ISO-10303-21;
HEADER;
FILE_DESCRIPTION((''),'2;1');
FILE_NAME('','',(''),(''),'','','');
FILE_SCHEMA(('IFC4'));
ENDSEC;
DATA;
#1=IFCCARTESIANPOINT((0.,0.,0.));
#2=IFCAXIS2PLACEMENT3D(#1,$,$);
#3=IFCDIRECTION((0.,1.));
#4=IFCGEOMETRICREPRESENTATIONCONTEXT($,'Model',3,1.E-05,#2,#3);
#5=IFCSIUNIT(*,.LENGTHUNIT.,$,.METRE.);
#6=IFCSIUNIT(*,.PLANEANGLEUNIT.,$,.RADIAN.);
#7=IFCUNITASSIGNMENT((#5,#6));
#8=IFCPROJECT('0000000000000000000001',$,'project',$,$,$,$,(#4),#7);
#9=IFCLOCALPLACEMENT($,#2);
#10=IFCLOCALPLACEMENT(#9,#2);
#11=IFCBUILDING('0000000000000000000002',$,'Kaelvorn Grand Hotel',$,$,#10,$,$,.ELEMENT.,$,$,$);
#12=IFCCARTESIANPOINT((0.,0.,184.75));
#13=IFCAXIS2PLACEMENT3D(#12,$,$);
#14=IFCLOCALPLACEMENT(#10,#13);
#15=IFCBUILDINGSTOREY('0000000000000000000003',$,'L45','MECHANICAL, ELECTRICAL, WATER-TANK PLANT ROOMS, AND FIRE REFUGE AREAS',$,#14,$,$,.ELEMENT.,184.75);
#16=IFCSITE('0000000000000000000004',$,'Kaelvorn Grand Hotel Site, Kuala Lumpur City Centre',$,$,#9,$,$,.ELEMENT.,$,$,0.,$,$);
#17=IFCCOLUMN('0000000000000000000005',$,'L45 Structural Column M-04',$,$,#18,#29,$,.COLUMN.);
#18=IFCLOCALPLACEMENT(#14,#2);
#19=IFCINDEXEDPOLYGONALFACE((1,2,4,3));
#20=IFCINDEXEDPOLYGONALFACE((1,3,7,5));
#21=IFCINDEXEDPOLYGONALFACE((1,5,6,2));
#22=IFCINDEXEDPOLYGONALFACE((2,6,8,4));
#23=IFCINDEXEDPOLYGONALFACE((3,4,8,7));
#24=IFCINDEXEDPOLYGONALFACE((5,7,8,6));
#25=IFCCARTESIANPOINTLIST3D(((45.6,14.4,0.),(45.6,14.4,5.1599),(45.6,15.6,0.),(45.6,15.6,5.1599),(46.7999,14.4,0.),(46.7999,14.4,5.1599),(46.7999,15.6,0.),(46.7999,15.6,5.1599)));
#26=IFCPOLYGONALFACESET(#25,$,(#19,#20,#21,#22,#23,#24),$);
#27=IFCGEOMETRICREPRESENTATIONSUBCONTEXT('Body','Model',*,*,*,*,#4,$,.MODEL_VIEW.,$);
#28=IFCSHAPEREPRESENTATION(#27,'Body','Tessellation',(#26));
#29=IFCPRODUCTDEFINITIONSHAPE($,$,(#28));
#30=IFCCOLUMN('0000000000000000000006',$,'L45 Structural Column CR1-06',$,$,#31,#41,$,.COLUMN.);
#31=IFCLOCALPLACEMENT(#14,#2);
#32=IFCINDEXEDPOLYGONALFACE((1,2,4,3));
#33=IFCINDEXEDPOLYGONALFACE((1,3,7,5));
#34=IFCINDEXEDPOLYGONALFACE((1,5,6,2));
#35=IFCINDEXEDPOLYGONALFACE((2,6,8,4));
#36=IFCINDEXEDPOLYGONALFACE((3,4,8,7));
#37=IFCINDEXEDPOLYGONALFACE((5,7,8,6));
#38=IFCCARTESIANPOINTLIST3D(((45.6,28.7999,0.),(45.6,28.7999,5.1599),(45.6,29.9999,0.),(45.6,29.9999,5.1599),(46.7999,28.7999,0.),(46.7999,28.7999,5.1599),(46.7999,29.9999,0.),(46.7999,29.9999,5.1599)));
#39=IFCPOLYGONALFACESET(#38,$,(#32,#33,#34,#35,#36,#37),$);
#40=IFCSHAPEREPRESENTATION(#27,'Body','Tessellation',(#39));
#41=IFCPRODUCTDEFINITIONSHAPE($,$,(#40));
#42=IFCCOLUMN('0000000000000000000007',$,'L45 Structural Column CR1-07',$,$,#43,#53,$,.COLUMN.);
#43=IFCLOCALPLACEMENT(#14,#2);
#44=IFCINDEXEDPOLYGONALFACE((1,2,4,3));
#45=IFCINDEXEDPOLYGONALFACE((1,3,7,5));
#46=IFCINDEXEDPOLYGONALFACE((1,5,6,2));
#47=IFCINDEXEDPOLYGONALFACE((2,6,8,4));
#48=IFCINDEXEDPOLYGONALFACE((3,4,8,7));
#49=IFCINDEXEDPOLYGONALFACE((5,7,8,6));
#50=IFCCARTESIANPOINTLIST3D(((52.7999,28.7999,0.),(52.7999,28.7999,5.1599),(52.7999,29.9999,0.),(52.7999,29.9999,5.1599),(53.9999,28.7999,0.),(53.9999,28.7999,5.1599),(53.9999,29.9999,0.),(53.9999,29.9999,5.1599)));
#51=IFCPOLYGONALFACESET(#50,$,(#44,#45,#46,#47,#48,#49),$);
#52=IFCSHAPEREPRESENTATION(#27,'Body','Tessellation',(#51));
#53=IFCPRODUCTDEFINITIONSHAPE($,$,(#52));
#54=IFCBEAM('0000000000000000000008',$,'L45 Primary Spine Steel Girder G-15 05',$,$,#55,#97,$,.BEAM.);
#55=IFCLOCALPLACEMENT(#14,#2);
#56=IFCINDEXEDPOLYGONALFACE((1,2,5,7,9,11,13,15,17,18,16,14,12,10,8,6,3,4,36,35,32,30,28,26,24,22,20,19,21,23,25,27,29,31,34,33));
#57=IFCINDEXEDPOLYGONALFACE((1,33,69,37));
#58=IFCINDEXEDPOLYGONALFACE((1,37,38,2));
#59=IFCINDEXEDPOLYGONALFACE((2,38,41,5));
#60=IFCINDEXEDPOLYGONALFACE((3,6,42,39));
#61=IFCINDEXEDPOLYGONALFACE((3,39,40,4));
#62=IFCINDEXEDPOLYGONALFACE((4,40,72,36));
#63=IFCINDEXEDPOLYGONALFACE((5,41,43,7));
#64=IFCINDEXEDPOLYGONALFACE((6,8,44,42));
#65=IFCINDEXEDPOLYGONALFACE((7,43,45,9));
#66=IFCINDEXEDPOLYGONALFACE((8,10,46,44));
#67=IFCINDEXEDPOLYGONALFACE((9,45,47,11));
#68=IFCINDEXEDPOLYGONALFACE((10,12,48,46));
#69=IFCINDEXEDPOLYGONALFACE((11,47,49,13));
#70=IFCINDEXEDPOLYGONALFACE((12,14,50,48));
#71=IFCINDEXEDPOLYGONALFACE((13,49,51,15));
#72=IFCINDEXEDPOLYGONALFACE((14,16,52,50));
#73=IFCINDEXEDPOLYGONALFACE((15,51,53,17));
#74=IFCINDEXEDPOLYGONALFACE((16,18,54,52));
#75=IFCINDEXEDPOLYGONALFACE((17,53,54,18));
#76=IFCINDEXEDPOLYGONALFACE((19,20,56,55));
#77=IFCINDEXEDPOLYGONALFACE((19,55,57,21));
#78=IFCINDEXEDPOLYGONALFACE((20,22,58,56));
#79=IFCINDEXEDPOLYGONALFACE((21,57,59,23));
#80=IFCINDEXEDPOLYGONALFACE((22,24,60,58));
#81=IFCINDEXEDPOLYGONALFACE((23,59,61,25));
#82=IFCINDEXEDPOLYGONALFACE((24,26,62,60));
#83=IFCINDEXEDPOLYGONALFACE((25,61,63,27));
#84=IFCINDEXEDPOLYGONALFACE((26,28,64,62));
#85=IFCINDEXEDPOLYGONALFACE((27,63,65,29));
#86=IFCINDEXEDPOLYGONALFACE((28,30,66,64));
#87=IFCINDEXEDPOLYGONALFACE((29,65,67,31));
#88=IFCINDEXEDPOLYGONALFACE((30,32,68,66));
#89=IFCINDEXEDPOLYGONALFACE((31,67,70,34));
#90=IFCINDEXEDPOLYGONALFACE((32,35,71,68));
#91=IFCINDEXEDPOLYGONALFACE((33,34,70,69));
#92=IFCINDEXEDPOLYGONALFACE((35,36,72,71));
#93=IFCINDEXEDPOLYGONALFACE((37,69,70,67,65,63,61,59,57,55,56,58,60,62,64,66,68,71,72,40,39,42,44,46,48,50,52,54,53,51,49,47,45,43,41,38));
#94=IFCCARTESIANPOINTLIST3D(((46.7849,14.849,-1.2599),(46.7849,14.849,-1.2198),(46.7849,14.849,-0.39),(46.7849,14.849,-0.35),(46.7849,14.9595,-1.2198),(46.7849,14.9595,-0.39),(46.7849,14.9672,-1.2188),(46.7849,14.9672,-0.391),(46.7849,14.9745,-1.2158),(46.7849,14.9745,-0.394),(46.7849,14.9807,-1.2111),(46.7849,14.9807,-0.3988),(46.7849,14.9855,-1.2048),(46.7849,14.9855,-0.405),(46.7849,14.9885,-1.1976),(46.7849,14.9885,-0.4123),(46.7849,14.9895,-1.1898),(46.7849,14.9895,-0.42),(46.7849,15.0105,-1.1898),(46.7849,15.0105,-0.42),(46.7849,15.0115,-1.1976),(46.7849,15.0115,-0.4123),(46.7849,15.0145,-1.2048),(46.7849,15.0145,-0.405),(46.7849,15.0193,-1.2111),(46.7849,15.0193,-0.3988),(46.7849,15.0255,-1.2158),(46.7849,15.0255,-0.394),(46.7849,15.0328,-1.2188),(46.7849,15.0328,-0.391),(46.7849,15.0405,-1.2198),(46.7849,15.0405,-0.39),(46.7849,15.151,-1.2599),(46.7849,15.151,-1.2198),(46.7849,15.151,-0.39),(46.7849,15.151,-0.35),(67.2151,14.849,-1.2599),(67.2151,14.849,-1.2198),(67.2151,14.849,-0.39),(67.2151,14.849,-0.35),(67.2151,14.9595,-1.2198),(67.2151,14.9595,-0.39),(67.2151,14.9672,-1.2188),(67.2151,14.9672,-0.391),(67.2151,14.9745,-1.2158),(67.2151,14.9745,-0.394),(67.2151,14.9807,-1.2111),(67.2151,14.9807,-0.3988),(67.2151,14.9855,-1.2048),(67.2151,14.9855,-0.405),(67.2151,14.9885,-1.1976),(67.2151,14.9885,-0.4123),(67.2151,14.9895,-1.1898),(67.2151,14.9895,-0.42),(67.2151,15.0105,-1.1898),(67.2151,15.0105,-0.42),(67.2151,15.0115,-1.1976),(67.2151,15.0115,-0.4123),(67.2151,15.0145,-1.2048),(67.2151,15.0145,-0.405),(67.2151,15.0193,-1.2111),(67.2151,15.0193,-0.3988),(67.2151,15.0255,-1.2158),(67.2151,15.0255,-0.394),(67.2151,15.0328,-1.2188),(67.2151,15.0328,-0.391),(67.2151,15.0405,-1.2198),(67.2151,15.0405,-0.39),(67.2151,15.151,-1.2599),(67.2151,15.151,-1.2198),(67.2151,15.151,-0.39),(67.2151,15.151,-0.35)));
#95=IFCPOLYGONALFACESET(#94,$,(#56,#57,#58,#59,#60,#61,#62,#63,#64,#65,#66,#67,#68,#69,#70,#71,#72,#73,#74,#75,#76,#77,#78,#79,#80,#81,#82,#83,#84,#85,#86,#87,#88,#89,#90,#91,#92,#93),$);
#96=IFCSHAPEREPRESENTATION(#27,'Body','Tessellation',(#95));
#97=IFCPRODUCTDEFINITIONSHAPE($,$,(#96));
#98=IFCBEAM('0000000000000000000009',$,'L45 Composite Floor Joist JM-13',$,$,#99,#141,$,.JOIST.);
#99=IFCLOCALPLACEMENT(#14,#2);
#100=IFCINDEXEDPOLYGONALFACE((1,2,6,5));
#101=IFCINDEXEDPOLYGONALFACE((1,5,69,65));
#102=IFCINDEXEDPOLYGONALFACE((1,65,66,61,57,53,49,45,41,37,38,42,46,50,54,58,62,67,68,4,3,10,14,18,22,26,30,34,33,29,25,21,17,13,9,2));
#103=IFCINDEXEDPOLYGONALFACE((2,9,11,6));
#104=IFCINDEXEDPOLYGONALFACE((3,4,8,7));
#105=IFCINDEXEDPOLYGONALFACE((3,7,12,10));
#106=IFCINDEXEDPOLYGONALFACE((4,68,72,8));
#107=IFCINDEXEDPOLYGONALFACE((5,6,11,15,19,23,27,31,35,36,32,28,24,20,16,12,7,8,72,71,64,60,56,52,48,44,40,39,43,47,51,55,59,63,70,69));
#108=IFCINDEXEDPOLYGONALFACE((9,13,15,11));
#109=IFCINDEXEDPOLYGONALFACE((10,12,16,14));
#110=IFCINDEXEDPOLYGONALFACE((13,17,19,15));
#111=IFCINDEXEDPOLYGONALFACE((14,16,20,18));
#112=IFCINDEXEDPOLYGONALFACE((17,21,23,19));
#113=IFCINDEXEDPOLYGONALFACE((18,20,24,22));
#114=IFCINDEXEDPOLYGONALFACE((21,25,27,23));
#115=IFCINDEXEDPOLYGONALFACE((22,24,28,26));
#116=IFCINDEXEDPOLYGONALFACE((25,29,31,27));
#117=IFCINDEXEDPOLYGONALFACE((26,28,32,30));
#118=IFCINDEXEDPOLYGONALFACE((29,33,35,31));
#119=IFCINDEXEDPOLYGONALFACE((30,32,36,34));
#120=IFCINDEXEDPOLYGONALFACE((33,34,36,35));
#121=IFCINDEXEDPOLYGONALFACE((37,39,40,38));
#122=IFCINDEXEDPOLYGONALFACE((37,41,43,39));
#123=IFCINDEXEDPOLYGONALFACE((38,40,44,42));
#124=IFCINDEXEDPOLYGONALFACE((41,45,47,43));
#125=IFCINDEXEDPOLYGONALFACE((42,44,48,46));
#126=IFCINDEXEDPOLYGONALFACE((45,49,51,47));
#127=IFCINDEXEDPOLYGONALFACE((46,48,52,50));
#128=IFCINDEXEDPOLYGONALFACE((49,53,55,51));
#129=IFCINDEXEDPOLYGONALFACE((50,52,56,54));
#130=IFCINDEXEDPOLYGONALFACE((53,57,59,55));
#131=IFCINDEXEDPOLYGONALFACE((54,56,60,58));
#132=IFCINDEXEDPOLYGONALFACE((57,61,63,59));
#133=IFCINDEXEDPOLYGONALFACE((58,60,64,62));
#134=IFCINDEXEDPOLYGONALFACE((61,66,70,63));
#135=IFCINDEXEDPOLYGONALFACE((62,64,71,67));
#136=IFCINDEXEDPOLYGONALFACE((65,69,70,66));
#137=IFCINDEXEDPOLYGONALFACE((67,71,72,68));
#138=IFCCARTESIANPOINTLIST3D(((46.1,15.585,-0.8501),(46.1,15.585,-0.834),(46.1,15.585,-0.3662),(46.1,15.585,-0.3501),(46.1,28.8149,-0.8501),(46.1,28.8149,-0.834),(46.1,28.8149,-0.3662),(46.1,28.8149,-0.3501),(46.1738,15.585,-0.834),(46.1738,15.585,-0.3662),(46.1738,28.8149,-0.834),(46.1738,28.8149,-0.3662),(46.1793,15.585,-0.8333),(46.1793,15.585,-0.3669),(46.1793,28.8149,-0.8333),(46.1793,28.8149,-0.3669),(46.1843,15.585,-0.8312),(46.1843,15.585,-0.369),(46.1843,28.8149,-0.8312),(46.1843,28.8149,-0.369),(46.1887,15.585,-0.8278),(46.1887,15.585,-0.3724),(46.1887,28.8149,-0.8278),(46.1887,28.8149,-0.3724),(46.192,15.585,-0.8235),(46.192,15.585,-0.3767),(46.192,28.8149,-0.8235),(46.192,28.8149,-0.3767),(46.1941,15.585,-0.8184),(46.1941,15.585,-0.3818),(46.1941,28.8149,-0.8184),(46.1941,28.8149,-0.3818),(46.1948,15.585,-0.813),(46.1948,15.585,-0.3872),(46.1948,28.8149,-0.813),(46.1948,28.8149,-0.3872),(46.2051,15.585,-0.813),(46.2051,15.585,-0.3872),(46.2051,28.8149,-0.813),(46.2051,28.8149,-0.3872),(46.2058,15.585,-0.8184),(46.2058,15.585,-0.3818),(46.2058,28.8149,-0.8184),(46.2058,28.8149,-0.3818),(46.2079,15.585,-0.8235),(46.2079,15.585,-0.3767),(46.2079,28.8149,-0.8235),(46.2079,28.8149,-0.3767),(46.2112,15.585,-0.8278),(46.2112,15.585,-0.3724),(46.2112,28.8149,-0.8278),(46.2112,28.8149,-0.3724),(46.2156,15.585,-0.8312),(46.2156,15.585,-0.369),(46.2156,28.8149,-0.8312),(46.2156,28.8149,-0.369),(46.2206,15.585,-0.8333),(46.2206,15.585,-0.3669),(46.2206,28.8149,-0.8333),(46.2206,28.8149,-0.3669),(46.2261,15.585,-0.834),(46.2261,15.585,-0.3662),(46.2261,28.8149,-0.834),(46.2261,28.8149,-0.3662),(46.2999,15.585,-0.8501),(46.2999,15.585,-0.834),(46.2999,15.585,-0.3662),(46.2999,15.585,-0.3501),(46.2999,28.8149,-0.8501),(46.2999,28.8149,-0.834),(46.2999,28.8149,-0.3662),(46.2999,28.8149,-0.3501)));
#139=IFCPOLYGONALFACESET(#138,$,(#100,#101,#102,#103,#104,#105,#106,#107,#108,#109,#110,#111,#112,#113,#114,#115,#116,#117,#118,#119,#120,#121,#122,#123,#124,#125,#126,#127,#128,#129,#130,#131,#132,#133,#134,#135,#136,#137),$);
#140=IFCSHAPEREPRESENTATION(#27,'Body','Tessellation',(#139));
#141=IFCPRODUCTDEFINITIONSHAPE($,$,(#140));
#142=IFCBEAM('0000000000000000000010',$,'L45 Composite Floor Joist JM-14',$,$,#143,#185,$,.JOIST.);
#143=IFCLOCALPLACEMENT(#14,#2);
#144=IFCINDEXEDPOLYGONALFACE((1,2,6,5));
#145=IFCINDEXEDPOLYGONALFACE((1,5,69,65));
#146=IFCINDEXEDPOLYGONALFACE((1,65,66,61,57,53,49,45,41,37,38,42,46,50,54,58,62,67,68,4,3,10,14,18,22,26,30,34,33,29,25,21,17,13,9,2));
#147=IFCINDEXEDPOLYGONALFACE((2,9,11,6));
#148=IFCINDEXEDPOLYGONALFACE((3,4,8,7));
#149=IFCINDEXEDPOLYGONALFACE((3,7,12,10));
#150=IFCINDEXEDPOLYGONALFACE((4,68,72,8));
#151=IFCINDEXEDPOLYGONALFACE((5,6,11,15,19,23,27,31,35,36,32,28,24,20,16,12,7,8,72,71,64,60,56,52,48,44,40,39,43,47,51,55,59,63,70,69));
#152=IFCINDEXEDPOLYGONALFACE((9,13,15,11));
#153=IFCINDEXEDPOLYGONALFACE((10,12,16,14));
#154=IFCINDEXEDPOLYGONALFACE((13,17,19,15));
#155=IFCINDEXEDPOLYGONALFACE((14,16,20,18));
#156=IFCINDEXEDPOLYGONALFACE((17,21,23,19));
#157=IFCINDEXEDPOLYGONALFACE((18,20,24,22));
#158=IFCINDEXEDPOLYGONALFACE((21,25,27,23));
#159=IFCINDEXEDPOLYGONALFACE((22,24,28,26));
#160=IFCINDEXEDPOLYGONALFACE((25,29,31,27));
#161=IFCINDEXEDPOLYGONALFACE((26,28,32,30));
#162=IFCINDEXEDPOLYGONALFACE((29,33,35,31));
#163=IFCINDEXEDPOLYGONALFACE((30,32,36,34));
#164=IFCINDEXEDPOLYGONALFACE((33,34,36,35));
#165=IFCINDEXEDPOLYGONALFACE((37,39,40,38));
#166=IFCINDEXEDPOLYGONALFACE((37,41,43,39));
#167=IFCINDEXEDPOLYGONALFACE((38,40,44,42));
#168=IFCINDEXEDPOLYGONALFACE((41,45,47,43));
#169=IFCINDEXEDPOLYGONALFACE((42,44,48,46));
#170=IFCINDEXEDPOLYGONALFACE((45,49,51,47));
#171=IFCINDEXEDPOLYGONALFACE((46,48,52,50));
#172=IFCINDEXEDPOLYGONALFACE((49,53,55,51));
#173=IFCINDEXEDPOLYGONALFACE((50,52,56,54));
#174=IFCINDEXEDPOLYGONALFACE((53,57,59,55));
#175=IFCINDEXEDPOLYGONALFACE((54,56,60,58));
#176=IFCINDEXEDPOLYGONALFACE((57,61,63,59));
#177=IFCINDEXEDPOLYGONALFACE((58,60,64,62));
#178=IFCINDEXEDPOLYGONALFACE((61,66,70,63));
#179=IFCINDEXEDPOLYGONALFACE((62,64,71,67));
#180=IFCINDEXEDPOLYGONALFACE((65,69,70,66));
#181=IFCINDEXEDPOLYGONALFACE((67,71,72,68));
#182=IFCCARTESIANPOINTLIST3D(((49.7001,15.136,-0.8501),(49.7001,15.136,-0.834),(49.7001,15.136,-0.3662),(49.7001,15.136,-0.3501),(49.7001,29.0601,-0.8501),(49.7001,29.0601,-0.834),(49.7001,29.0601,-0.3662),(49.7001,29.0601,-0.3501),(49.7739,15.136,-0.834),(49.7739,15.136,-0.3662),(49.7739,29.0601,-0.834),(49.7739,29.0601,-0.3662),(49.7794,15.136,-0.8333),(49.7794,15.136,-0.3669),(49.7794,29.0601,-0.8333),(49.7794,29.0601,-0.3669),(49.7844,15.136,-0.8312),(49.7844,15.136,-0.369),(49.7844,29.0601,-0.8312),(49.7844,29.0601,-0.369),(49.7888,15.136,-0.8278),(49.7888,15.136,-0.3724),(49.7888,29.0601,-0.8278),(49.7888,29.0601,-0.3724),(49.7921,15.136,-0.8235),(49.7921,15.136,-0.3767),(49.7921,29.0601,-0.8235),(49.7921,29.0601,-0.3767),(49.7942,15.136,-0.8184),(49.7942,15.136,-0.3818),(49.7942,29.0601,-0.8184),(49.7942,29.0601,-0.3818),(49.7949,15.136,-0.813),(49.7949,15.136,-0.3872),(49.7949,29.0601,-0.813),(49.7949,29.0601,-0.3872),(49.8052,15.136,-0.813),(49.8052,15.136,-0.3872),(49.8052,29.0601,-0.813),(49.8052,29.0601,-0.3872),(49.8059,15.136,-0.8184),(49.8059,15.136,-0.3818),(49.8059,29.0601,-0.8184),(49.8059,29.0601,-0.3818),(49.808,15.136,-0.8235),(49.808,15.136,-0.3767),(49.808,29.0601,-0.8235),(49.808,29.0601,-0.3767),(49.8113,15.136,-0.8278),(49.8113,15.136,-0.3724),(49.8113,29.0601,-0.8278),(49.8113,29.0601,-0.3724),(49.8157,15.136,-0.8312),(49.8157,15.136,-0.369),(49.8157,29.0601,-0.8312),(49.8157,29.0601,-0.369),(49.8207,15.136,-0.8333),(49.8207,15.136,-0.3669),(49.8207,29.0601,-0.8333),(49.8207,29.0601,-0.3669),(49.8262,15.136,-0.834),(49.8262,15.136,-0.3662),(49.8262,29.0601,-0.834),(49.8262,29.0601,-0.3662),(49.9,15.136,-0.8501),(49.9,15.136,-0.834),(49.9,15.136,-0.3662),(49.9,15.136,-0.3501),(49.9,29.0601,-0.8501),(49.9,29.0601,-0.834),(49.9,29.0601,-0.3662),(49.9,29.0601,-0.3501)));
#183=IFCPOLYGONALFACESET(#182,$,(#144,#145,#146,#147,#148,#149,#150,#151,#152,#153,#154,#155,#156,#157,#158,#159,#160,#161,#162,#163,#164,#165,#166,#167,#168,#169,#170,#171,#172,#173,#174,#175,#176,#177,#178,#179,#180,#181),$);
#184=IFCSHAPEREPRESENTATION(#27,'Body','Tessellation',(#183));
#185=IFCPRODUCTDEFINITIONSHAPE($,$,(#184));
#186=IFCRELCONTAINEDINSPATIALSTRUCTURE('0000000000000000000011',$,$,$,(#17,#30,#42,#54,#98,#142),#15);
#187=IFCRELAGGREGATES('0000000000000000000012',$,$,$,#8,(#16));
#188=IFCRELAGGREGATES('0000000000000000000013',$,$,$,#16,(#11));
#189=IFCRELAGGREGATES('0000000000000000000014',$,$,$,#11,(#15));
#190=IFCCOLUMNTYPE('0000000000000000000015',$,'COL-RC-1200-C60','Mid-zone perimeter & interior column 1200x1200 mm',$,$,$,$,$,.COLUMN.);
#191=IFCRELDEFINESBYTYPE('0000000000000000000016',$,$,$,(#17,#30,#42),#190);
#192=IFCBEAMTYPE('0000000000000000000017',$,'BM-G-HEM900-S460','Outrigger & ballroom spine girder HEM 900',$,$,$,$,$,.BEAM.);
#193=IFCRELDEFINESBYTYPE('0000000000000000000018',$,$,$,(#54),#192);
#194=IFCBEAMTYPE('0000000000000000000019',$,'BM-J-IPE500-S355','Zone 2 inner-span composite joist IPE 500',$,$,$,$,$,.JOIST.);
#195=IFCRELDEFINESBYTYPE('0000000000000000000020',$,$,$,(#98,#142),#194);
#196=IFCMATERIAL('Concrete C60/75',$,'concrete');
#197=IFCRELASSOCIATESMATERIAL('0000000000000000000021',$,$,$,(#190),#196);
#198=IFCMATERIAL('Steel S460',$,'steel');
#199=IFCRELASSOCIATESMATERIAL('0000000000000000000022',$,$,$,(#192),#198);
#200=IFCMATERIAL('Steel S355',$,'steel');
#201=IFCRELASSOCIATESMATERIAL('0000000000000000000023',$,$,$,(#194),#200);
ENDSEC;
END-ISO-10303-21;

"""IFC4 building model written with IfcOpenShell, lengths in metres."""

from ifc_helpers import new_model, si_unit, direction, frame, origin, origin_2d, place, context, subcontext, project, spatial, rectangle, i_section, extrude, material, material_profile, profile_set, type_object, element, save


model = new_model("IFC4")

# Units and contexts
model_context = context("Model", 3, precision=1e-05, world=origin(), true_north=direction((0.0, 1.0)))
body_context = subcontext(model_context, "Body", "Model", "MODEL_VIEW")
ifc_project = project(units=[si_unit("LENGTHUNIT", "METRE"), si_unit("PLANEANGLEUNIT", "RADIAN")], contexts=[model_context])

# Site, building, storey
site_placement = place(None, origin())
site = spatial("IfcSite", under=ifc_project, at=site_placement, Name="Kaelvorn Grand Hotel Site, Kuala Lumpur City Centre", CompositionType="ELEMENT", RefElevation=0.0)
building_placement = place(site_placement, origin())
building = spatial("IfcBuilding", under=site, at=building_placement, Name="Kaelvorn Grand Hotel", CompositionType="ELEMENT")
storey_placement = place(building_placement, frame((0.0, 0.0, 184.75)))
storey = spatial("IfcBuildingStorey", under=building, at=storey_placement, Name="L45", Description="MECHANICAL, ELECTRICAL, WATER-TANK PLANT ROOMS, AND FIRE REFUGE AREAS", CompositionType="ELEMENT", Elevation=184.75)

# Columns
ifc_material_1 = material(Name="Concrete C60/75", Category="concrete")
ifc_material_profile_1 = material_profile(ifc_material_1, rectangle(XDim=1.2, YDim=1.2, at=origin_2d()), Name="RC COL 1200x1200")
ifc_profile_set_1 = profile_set([ifc_material_profile_1], Name="Concrete C60/75")
column_type = type_object("IfcColumnType", Name="COL-RC-1200-C60", Description="Mid-zone perimeter & interior column 1200x1200 mm", PredefinedType="COLUMN", material=ifc_profile_set_1)
for number, where, z_axis, x_axis, name in (
    (1, (46.2, 15.0, 0.0), (0.0, 0.0, 1.0), (1.0, 0.0, 0.0), "L45 Structural Column M-04"),
    (2, (46.2, 29.3999, 0.0), (0.0, 0.0, 1.0), (1.0, 0.0, 0.0), "L45 Structural Column CR1-06"),
    (3, (53.3999, 29.3999, 0.0), (0.0, 0.0, 1.0), (1.0, 0.0, 0.0), "L45 Structural Column CR1-07"),
):
    element("IfcColumn", number, at=place(storey_placement, frame(where, z_axis=z_axis, x_axis=x_axis)), inside=storey, type_object=column_type, Name=name, PredefinedType="COLUMN", context=body_context, shape_type="SweptSolid", body=[
        extrude(rectangle(XDim=1.2, YDim=1.2, at=origin_2d()), origin(), (0.0, 0.0, 1.0), 5.1599),
    ])

# Beams
ifc_material_2 = material(Name="Steel S460", Category="steel")
ifc_material_profile_2 = material_profile(ifc_material_2, i_section(OverallWidth=0.302, OverallDepth=0.9099, WebThickness=0.021, FlangeThickness=0.04, FilletRadius=0.03, at=origin_2d()), Name="HEM 900")
ifc_profile_set_2 = profile_set([ifc_material_profile_2], Name="Steel S460")
beam_type_1 = type_object("IfcBeamType", Name="BM-G-HEM900-S460", Description="Outrigger & ballroom spine girder HEM 900", PredefinedType="BEAM", material=ifc_profile_set_2)
beam_1_placement = place(storey_placement, frame((46.7849, 15.0, -0.8049), z_axis=(1.0, 0.0, 0.0), x_axis=(0.0, 1.0, 0.0)))
element("IfcBeam", 4, at=beam_1_placement, inside=storey, type_object=beam_type_1, Name="L45 Primary Spine Steel Girder G-15 05", PredefinedType="BEAM", context=body_context, shape_type="SweptSolid", body=[
    extrude(i_section(OverallWidth=0.302, OverallDepth=0.9099, WebThickness=0.021, FlangeThickness=0.04, FilletRadius=0.03, at=origin_2d()), origin(), (0.0, 0.0, 1.0), 20.4302),
])
ifc_material_3 = material(Name="Steel S355", Category="steel")
ifc_material_profile_3 = material_profile(ifc_material_3, i_section(OverallWidth=0.2, OverallDepth=0.5, WebThickness=0.0103, FlangeThickness=0.0161, FilletRadius=0.021, at=origin_2d()), Name="IPE 500")
ifc_profile_set_3 = profile_set([ifc_material_profile_3], Name="Steel S355")
beam_type_2 = type_object("IfcBeamType", Name="BM-J-IPE500-S355", Description="Zone 2 inner-span composite joist IPE 500", PredefinedType="JOIST", material=ifc_profile_set_3)
beam_2_placement = place(storey_placement, frame((46.2, 15.585, -0.6001), z_axis=(0.0, 1.0, 0.0), x_axis=(-1.0, 0.0, 0.0)))
element("IfcBeam", 5, at=beam_2_placement, inside=storey, type_object=beam_type_2, Name="L45 Composite Floor Joist JM-13", PredefinedType="JOIST", context=body_context, shape_type="SweptSolid", body=[
    extrude(i_section(OverallWidth=0.2, OverallDepth=0.5, WebThickness=0.0103, FlangeThickness=0.0161, FilletRadius=0.021, at=origin_2d()), origin(), (0.0, 0.0, 1.0), 13.23),
])
beam_3_placement = place(storey_placement, frame((49.8, 15.136, -0.6001), z_axis=(0.0, 1.0, 0.0), x_axis=(-1.0, 0.0, 0.0)))
element("IfcBeam", 6, at=beam_3_placement, inside=storey, type_object=beam_type_2, Name="L45 Composite Floor Joist JM-14", PredefinedType="JOIST", context=body_context, shape_type="SweptSolid", body=[
    extrude(i_section(OverallWidth=0.2, OverallDepth=0.5, WebThickness=0.0103, FlangeThickness=0.0161, FilletRadius=0.021, at=origin_2d()), origin(), (0.0, 0.0, 1.0), 13.9241),
])

save(model, "model.ifc")
